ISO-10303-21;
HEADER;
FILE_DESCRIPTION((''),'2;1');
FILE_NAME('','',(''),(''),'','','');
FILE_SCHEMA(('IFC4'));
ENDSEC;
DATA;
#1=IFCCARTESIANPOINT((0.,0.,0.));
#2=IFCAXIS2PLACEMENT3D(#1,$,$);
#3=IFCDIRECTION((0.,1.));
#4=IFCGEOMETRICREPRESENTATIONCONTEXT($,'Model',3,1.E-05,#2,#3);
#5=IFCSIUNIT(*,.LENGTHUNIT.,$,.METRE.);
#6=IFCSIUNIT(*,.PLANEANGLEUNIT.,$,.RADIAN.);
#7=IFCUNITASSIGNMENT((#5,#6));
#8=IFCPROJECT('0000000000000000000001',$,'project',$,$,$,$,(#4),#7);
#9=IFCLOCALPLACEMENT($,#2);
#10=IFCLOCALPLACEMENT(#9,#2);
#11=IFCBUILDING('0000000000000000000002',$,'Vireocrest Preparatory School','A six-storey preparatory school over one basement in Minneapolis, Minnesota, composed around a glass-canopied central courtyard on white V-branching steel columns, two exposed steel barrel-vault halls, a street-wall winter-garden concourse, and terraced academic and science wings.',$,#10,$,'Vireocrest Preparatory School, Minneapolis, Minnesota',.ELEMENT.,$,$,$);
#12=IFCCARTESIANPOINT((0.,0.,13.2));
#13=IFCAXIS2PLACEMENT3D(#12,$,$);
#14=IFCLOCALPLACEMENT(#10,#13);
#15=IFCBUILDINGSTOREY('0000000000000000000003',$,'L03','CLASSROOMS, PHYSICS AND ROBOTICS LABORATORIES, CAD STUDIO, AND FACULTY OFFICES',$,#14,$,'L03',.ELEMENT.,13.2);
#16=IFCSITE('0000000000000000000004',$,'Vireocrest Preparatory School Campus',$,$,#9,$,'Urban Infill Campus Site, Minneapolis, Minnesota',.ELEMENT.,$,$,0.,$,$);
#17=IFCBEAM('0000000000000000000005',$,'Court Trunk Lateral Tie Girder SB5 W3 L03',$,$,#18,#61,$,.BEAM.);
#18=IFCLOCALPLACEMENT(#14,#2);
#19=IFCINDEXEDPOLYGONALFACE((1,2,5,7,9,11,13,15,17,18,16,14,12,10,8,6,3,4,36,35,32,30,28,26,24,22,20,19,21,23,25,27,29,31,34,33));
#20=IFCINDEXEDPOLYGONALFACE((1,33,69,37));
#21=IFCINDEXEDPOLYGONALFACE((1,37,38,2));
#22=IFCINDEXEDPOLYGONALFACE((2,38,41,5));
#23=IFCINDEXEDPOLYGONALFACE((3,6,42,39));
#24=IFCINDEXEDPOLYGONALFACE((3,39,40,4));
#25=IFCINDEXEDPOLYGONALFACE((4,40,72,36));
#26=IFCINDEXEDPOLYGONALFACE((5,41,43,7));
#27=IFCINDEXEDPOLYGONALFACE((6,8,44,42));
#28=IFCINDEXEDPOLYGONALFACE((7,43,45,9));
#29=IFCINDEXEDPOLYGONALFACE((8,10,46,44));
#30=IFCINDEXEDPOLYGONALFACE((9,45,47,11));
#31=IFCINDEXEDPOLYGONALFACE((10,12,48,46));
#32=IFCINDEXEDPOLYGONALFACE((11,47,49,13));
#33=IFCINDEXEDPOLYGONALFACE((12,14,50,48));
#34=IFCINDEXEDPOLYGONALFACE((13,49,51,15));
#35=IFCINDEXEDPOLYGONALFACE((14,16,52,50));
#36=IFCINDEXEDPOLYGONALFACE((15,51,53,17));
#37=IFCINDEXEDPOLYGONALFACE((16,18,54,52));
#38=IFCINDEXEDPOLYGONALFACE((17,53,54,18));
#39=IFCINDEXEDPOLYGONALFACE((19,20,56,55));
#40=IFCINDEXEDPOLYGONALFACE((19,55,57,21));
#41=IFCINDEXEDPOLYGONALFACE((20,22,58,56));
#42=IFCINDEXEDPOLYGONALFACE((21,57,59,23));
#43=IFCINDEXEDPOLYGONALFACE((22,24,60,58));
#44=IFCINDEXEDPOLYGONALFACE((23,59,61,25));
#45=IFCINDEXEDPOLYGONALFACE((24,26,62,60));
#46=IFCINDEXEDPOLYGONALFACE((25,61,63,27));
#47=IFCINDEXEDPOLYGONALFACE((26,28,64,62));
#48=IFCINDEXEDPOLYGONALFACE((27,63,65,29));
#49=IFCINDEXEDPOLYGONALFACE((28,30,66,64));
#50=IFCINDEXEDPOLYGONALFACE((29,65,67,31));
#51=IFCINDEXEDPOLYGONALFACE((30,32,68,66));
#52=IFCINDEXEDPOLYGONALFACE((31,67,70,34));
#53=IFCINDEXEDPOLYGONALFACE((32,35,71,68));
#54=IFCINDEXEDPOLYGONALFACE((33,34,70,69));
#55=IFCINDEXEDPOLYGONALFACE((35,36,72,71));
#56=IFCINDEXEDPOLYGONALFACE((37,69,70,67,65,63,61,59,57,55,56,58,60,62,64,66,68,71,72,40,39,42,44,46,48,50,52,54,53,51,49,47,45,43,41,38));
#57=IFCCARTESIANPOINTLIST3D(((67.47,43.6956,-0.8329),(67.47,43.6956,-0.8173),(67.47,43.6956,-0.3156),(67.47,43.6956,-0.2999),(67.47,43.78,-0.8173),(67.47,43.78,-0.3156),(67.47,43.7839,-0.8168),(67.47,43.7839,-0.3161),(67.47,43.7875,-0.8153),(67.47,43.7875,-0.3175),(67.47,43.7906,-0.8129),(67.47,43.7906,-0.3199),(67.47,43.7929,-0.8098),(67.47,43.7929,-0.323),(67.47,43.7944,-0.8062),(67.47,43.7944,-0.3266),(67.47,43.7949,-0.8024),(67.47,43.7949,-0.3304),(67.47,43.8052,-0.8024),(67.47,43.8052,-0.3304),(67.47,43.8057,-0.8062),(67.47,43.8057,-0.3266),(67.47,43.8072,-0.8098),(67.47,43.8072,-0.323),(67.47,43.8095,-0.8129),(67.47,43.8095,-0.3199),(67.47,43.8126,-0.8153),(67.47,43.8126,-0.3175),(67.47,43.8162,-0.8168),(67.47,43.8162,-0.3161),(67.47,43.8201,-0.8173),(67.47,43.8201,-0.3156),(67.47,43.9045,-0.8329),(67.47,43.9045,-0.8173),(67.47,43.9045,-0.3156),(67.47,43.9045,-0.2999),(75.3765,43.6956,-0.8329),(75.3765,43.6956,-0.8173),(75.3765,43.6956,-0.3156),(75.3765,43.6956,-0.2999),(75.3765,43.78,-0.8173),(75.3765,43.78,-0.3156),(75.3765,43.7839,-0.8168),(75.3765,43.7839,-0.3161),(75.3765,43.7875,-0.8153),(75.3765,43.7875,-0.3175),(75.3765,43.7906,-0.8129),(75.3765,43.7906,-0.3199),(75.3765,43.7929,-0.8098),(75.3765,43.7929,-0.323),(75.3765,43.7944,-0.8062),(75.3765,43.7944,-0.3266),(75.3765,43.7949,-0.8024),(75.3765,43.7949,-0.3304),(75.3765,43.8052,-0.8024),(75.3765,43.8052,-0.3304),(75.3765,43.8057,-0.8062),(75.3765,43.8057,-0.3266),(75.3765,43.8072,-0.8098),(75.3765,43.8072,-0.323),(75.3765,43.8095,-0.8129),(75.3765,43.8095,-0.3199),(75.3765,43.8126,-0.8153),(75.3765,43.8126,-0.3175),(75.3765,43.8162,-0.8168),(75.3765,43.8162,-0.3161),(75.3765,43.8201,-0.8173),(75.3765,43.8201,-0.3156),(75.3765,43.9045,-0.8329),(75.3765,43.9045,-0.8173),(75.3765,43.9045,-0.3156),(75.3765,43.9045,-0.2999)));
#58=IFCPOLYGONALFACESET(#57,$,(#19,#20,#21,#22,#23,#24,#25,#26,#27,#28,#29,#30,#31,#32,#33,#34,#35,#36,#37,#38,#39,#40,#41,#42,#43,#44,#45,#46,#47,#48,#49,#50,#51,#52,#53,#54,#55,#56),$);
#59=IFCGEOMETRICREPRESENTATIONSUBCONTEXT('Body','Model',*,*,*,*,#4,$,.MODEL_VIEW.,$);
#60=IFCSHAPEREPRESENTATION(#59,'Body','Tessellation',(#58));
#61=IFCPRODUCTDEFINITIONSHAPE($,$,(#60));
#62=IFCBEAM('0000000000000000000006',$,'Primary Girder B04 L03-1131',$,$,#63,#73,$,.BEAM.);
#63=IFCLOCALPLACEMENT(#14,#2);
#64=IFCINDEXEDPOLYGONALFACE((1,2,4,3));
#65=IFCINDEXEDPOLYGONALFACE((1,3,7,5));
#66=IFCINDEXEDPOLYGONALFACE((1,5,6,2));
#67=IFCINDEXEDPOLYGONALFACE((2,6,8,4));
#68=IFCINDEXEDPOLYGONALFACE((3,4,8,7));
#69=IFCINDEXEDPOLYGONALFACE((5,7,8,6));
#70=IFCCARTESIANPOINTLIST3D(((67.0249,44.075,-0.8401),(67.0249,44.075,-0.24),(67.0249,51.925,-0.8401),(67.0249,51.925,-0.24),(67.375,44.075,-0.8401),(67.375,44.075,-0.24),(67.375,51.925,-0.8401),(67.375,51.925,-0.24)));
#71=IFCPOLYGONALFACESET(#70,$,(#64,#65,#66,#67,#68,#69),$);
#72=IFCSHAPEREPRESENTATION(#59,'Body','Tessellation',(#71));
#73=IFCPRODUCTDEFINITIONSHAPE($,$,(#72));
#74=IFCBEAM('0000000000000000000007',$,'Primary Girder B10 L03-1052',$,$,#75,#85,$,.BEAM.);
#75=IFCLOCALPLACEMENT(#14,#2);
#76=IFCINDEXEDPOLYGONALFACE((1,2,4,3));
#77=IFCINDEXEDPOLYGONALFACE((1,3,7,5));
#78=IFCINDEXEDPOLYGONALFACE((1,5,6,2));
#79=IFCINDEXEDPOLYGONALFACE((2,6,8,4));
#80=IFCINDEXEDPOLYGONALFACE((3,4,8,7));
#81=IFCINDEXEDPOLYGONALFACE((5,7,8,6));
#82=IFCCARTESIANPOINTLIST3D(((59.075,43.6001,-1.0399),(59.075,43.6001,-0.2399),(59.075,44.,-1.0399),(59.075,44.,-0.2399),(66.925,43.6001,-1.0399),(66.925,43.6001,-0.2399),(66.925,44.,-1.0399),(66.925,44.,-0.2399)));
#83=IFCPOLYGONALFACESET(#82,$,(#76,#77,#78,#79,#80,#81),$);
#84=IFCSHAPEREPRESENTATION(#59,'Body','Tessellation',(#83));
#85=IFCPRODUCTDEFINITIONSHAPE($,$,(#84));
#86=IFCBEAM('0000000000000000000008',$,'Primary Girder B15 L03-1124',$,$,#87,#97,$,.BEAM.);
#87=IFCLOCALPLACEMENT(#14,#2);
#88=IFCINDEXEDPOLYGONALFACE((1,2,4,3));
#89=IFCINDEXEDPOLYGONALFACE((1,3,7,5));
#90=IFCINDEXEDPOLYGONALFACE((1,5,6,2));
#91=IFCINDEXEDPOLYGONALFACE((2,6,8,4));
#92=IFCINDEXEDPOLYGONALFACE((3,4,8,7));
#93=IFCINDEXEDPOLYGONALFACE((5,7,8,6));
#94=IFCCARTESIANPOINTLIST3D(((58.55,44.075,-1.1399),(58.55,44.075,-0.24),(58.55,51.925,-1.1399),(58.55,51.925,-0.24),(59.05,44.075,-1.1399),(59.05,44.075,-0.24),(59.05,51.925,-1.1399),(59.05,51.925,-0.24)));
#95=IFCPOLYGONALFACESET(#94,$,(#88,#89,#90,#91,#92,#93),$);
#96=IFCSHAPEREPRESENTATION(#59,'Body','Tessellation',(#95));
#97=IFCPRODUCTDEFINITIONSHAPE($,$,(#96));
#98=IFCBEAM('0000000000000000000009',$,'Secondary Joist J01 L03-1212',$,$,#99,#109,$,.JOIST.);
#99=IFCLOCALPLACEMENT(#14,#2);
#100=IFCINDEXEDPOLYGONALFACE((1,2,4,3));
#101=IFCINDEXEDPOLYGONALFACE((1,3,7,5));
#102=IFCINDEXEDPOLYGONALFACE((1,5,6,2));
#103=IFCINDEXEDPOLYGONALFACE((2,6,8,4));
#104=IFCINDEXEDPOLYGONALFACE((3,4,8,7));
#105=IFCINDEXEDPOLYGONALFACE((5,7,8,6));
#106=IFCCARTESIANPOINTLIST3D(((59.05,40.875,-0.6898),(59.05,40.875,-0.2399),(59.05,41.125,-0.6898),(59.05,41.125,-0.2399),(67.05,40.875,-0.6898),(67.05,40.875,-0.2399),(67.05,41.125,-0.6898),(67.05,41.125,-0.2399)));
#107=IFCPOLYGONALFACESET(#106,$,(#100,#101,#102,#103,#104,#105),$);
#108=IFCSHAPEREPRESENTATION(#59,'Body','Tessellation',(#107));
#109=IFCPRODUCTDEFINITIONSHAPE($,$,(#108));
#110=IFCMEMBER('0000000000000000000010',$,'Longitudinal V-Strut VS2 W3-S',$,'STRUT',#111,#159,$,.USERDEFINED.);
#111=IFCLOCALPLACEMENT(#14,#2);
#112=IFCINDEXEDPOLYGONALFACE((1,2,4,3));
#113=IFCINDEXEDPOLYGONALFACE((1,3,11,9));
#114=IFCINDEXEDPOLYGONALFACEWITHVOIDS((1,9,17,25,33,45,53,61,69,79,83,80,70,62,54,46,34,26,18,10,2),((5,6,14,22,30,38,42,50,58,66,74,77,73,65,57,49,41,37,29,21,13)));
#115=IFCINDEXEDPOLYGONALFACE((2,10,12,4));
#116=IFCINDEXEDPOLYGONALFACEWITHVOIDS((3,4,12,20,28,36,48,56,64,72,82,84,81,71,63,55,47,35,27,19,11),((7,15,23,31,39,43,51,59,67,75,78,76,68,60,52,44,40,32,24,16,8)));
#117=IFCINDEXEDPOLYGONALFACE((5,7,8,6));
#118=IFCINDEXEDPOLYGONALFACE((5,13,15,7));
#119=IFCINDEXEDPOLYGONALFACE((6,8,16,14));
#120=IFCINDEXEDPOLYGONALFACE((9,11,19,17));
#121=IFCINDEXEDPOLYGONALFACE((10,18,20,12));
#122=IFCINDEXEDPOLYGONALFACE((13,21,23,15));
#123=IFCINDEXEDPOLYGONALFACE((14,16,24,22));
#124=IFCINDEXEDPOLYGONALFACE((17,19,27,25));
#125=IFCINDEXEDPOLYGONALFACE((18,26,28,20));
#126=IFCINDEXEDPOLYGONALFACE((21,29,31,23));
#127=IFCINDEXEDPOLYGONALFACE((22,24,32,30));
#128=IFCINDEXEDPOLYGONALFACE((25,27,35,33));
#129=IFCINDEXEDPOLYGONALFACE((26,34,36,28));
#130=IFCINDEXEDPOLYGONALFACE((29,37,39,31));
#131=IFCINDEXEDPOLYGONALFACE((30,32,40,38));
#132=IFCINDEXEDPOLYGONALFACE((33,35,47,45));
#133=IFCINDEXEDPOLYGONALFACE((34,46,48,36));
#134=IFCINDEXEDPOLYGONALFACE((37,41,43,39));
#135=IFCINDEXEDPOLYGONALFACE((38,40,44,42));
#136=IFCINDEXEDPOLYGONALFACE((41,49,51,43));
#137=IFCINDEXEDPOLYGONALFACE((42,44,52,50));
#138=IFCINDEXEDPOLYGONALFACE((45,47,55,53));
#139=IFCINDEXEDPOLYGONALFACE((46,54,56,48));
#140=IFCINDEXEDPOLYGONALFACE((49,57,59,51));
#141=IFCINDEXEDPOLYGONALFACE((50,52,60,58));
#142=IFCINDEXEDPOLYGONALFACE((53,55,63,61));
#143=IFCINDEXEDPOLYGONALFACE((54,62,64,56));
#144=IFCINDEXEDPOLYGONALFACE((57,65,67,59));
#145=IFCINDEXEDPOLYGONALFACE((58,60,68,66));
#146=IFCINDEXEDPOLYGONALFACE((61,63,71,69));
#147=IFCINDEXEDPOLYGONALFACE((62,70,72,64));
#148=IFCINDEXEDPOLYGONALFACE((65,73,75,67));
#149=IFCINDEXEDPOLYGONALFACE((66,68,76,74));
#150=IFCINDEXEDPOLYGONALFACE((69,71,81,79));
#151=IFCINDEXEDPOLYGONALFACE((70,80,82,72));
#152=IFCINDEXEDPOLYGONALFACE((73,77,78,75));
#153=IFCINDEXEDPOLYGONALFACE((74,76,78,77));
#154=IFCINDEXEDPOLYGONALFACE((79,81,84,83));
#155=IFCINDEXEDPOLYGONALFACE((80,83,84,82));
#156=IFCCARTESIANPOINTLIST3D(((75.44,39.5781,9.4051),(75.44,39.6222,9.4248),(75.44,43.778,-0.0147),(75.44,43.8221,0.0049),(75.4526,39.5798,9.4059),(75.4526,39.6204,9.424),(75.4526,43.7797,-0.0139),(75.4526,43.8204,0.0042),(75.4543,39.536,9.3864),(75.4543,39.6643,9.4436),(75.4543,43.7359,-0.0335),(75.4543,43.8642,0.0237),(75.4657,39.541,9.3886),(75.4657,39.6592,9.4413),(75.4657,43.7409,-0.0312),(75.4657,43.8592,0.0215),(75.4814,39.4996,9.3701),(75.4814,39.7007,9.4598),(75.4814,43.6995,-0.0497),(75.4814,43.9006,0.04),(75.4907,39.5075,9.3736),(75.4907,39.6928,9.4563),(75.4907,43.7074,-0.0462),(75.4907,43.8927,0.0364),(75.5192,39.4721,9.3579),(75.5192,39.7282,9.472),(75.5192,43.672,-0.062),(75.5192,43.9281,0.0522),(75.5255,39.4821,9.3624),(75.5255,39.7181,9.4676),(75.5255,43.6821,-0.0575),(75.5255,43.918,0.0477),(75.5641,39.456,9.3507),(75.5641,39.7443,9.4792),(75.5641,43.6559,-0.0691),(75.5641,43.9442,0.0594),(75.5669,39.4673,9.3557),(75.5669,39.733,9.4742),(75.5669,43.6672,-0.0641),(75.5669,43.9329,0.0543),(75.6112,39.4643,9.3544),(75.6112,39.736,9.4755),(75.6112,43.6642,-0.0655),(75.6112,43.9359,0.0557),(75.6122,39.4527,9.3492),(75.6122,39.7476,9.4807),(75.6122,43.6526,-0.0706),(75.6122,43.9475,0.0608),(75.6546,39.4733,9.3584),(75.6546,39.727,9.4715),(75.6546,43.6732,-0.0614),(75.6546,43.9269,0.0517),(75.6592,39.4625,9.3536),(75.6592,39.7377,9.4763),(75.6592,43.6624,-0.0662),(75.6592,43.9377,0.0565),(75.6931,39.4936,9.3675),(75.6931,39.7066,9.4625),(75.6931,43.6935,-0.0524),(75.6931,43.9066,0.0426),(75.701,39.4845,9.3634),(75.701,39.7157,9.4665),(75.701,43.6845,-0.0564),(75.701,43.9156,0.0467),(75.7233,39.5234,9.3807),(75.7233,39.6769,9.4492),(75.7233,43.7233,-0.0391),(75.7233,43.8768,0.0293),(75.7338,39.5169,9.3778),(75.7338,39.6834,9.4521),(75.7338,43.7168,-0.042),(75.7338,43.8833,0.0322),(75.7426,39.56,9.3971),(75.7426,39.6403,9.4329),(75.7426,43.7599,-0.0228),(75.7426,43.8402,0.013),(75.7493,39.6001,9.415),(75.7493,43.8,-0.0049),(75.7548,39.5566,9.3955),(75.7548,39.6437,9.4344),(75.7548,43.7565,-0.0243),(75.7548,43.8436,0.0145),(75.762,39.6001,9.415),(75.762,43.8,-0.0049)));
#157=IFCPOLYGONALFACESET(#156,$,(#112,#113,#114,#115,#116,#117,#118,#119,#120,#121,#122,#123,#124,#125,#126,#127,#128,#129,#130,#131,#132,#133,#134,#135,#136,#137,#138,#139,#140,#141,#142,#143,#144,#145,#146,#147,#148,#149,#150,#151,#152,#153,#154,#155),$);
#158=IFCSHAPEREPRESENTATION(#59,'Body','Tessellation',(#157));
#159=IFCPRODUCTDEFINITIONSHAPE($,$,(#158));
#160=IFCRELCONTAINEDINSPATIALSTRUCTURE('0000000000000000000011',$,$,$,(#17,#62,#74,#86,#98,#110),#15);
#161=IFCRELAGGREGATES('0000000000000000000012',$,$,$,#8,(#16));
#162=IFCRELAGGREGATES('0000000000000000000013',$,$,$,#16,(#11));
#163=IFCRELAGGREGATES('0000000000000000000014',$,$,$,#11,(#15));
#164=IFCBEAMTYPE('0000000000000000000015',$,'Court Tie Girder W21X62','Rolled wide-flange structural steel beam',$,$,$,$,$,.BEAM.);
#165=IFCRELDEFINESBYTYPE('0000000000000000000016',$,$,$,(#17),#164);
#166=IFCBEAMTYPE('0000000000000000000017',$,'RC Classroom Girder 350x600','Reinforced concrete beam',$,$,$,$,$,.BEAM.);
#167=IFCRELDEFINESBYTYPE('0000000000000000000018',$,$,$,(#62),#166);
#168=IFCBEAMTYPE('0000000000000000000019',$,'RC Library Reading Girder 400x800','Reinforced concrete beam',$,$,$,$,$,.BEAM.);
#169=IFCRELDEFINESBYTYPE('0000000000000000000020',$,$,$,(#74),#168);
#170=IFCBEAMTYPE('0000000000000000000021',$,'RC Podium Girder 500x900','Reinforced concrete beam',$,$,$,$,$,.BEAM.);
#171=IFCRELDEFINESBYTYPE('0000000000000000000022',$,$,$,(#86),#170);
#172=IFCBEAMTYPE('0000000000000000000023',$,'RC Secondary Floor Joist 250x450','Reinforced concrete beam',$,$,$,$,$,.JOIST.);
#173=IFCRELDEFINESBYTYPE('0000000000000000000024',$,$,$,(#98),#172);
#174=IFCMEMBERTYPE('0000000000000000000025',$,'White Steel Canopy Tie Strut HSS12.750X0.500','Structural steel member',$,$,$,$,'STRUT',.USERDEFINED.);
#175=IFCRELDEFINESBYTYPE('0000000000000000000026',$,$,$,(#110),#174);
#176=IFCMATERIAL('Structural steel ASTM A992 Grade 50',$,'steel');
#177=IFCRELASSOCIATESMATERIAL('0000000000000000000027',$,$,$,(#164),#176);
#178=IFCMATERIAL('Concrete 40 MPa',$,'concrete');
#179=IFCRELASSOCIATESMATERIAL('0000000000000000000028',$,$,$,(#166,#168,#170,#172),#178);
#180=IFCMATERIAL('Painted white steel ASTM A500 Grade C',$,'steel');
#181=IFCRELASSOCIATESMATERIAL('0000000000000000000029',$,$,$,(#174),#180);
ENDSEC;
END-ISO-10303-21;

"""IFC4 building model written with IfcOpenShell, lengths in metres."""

from ifc_helpers import new_model, si_unit, direction, frame, origin, origin_2d, place, context, subcontext, project, spatial, rectangle, hollow_circle, i_section, extrude, material, material_profile, profile_set, type_object, element, save


model = new_model("IFC4")

# Units and contexts
model_context = context("Model", 3, precision=1e-05, world=origin(), true_north=direction((0.0, 1.0)))
body_context = subcontext(model_context, "Body", "Model", "MODEL_VIEW")
ifc_project = project(units=[si_unit("LENGTHUNIT", "METRE"), si_unit("PLANEANGLEUNIT", "RADIAN")], contexts=[model_context])

# Site, building, storey
site_placement = place(None, origin())
site = spatial("IfcSite", under=ifc_project, at=site_placement, Name="Vireocrest Preparatory School Campus", LongName="Urban Infill Campus Site, Minneapolis, Minnesota", CompositionType="ELEMENT", RefElevation=0.0)
building_placement = place(site_placement, origin())
building = spatial("IfcBuilding", under=site, at=building_placement, Name="Vireocrest Preparatory School", Description="A six-storey preparatory school over one basement in Minneapolis, Minnesota, composed around a glass-canopied central courtyard on white V-branching steel columns, two exposed steel barrel-vault halls, a street-wall winter-garden concourse, and terraced academic and science wings.", LongName="Vireocrest Preparatory School, Minneapolis, Minnesota", CompositionType="ELEMENT")
storey_placement = place(building_placement, frame((0.0, 0.0, 13.2)))
storey = spatial("IfcBuildingStorey", under=building, at=storey_placement, Name="L03", Description="CLASSROOMS, PHYSICS AND ROBOTICS LABORATORIES, CAD STUDIO, AND FACULTY OFFICES", LongName="L03", CompositionType="ELEMENT", Elevation=13.2)

# Beams
ifc_material_1 = material(Name="Structural steel ASTM A992 Grade 50", Category="steel")
ifc_material_profile_1 = material_profile(ifc_material_1, i_section(OverallWidth=0.209, OverallDepth=0.533, WebThickness=0.0103, FlangeThickness=0.0156, FilletRadius=0.0149, at=origin_2d()), Name="W21X62")
ifc_profile_set_1 = profile_set([ifc_material_profile_1], Name="Structural steel ASTM A992 Grade 50")
beam_type_1 = type_object("IfcBeamType", Name="Court Tie Girder W21X62", Description="Rolled wide-flange structural steel beam", PredefinedType="BEAM", material=ifc_profile_set_1)
beam_1_placement = place(storey_placement, frame((67.47, 43.8, -0.5664), z_axis=(1.0, 0.0, 0.0), x_axis=(0.0, 1.0, 0.0)))
element("IfcBeam", 1, at=beam_1_placement, inside=storey, type_object=beam_type_1, Name="Court Trunk Lateral Tie Girder SB5 W3 L03", PredefinedType="BEAM", context=body_context, shape_type="SweptSolid", body=[
    extrude(i_section(OverallWidth=0.209, OverallDepth=0.533, WebThickness=0.0103, FlangeThickness=0.0156, FilletRadius=0.0149, at=origin_2d()), origin(), (0.0, 0.0, 1.0), 7.9065),
])
ifc_material_2 = material(Name="Concrete 40 MPa", Category="concrete")
ifc_material_profile_2 = material_profile(ifc_material_2, rectangle(XDim=0.3501, YDim=0.6001, at=origin_2d()), Name="RC 350x600")
ifc_profile_set_2 = profile_set([ifc_material_profile_2], Name="Concrete 40 MPa")
beam_type_2 = type_object("IfcBeamType", Name="RC Classroom Girder 350x600", Description="Reinforced concrete beam", PredefinedType="BEAM", material=ifc_profile_set_2)
beam_2_placement = place(storey_placement, frame((67.2, 44.075, -0.54), z_axis=(0.0, 1.0, 0.0), x_axis=(-1.0, 0.0, 0.0)))
element("IfcBeam", 2, at=beam_2_placement, inside=storey, type_object=beam_type_2, Name="Primary Girder B04 L03-1131", PredefinedType="BEAM", context=body_context, shape_type="SweptSolid", body=[
    extrude(rectangle(XDim=0.3501, YDim=0.6001, at=origin_2d()), origin(), (0.0, 0.0, 1.0), 7.8501),
])
ifc_material_profile_3 = material_profile(ifc_material_2, rectangle(XDim=0.3999, YDim=0.8, at=origin_2d()), Name="RC 400x800")
ifc_profile_set_3 = profile_set([ifc_material_profile_3], Name="Concrete 40 MPa")
beam_type_3 = type_object("IfcBeamType", Name="RC Library Reading Girder 400x800", Description="Reinforced concrete beam", PredefinedType="BEAM", material=ifc_profile_set_3)
beam_3_placement = place(storey_placement, frame((59.075, 43.8, -0.6399), z_axis=(1.0, 0.0, 0.0), x_axis=(0.0, 1.0, 0.0)))
element("IfcBeam", 3, at=beam_3_placement, inside=storey, type_object=beam_type_3, Name="Primary Girder B10 L03-1052", PredefinedType="BEAM", context=body_context, shape_type="SweptSolid", body=[
    extrude(rectangle(XDim=0.3999, YDim=0.8, at=origin_2d()), origin(), (0.0, 0.0, 1.0), 7.8501),
])
ifc_material_profile_4 = material_profile(ifc_material_2, rectangle(XDim=0.5, YDim=0.8999, at=origin_2d()), Name="RC 500x900")
ifc_profile_set_4 = profile_set([ifc_material_profile_4], Name="Concrete 40 MPa")
beam_type_4 = type_object("IfcBeamType", Name="RC Podium Girder 500x900", Description="Reinforced concrete beam", PredefinedType="BEAM", material=ifc_profile_set_4)
beam_4_placement = place(storey_placement, frame((58.8, 44.075, -0.6899), z_axis=(0.0, 1.0, 0.0), x_axis=(-1.0, 0.0, 0.0)))
element("IfcBeam", 4, at=beam_4_placement, inside=storey, type_object=beam_type_4, Name="Primary Girder B15 L03-1124", PredefinedType="BEAM", context=body_context, shape_type="SweptSolid", body=[
    extrude(rectangle(XDim=0.5, YDim=0.8999, at=origin_2d()), origin(), (0.0, 0.0, 1.0), 7.8501),
])
ifc_material_profile_5 = material_profile(ifc_material_2, rectangle(XDim=0.25, YDim=0.45, at=origin_2d()), Name="RC 250x450")
ifc_profile_set_5 = profile_set([ifc_material_profile_5], Name="Concrete 40 MPa")
beam_type_5 = type_object("IfcBeamType", Name="RC Secondary Floor Joist 250x450", Description="Reinforced concrete beam", PredefinedType="JOIST", material=ifc_profile_set_5)
beam_5_placement = place(storey_placement, frame((59.05, 41.0, -0.4648), z_axis=(1.0, 0.0, 0.0), x_axis=(0.0, 1.0, 0.0)))
element("IfcBeam", 5, at=beam_5_placement, inside=storey, type_object=beam_type_5, Name="Secondary Joist J01 L03-1212", PredefinedType="JOIST", context=body_context, shape_type="SweptSolid", body=[
    extrude(rectangle(XDim=0.25, YDim=0.45, at=origin_2d()), origin(), (0.0, 0.0, 1.0), 8.0),
])

# Member
ifc_material_3 = material(Name="Painted white steel ASTM A500 Grade C", Category="steel")
ifc_material_profile_6 = material_profile(ifc_material_3, hollow_circle(Radius=0.1619, WallThickness=0.0127, at=origin_2d()), Name="HSS12.750X0.500")
ifc_profile_set_6 = profile_set([ifc_material_profile_6], Name="Painted white steel ASTM A500 Grade C")
member_type_1 = type_object("IfcMemberType", Name="White Steel Canopy Tie Strut HSS12.750X0.500", Description="Structural steel member", ElementType="STRUT", PredefinedType="USERDEFINED", material=ifc_profile_set_6)
for number, where, z_axis, x_axis, name in (
    (6, (75.6001, 43.8, -0.0049), (0.0, -0.407217, 0.913332), (1.0, 0.0, 0.0), "Longitudinal V-Strut VS2 W3-S"),
):
    element("IfcMember", number, at=place(storey_placement, frame(where, z_axis=z_axis, x_axis=x_axis)), inside=storey, type_object=member_type_1, Name=name, ObjectType="STRUT", PredefinedType="USERDEFINED", context=body_context, shape_type="SweptSolid", body=[
        extrude(hollow_circle(Radius=0.1619, WallThickness=0.0127, at=origin_2d()), origin(), (0.0, 0.0, 1.0), 10.3137),
    ])

save(model, "model.ifc")
